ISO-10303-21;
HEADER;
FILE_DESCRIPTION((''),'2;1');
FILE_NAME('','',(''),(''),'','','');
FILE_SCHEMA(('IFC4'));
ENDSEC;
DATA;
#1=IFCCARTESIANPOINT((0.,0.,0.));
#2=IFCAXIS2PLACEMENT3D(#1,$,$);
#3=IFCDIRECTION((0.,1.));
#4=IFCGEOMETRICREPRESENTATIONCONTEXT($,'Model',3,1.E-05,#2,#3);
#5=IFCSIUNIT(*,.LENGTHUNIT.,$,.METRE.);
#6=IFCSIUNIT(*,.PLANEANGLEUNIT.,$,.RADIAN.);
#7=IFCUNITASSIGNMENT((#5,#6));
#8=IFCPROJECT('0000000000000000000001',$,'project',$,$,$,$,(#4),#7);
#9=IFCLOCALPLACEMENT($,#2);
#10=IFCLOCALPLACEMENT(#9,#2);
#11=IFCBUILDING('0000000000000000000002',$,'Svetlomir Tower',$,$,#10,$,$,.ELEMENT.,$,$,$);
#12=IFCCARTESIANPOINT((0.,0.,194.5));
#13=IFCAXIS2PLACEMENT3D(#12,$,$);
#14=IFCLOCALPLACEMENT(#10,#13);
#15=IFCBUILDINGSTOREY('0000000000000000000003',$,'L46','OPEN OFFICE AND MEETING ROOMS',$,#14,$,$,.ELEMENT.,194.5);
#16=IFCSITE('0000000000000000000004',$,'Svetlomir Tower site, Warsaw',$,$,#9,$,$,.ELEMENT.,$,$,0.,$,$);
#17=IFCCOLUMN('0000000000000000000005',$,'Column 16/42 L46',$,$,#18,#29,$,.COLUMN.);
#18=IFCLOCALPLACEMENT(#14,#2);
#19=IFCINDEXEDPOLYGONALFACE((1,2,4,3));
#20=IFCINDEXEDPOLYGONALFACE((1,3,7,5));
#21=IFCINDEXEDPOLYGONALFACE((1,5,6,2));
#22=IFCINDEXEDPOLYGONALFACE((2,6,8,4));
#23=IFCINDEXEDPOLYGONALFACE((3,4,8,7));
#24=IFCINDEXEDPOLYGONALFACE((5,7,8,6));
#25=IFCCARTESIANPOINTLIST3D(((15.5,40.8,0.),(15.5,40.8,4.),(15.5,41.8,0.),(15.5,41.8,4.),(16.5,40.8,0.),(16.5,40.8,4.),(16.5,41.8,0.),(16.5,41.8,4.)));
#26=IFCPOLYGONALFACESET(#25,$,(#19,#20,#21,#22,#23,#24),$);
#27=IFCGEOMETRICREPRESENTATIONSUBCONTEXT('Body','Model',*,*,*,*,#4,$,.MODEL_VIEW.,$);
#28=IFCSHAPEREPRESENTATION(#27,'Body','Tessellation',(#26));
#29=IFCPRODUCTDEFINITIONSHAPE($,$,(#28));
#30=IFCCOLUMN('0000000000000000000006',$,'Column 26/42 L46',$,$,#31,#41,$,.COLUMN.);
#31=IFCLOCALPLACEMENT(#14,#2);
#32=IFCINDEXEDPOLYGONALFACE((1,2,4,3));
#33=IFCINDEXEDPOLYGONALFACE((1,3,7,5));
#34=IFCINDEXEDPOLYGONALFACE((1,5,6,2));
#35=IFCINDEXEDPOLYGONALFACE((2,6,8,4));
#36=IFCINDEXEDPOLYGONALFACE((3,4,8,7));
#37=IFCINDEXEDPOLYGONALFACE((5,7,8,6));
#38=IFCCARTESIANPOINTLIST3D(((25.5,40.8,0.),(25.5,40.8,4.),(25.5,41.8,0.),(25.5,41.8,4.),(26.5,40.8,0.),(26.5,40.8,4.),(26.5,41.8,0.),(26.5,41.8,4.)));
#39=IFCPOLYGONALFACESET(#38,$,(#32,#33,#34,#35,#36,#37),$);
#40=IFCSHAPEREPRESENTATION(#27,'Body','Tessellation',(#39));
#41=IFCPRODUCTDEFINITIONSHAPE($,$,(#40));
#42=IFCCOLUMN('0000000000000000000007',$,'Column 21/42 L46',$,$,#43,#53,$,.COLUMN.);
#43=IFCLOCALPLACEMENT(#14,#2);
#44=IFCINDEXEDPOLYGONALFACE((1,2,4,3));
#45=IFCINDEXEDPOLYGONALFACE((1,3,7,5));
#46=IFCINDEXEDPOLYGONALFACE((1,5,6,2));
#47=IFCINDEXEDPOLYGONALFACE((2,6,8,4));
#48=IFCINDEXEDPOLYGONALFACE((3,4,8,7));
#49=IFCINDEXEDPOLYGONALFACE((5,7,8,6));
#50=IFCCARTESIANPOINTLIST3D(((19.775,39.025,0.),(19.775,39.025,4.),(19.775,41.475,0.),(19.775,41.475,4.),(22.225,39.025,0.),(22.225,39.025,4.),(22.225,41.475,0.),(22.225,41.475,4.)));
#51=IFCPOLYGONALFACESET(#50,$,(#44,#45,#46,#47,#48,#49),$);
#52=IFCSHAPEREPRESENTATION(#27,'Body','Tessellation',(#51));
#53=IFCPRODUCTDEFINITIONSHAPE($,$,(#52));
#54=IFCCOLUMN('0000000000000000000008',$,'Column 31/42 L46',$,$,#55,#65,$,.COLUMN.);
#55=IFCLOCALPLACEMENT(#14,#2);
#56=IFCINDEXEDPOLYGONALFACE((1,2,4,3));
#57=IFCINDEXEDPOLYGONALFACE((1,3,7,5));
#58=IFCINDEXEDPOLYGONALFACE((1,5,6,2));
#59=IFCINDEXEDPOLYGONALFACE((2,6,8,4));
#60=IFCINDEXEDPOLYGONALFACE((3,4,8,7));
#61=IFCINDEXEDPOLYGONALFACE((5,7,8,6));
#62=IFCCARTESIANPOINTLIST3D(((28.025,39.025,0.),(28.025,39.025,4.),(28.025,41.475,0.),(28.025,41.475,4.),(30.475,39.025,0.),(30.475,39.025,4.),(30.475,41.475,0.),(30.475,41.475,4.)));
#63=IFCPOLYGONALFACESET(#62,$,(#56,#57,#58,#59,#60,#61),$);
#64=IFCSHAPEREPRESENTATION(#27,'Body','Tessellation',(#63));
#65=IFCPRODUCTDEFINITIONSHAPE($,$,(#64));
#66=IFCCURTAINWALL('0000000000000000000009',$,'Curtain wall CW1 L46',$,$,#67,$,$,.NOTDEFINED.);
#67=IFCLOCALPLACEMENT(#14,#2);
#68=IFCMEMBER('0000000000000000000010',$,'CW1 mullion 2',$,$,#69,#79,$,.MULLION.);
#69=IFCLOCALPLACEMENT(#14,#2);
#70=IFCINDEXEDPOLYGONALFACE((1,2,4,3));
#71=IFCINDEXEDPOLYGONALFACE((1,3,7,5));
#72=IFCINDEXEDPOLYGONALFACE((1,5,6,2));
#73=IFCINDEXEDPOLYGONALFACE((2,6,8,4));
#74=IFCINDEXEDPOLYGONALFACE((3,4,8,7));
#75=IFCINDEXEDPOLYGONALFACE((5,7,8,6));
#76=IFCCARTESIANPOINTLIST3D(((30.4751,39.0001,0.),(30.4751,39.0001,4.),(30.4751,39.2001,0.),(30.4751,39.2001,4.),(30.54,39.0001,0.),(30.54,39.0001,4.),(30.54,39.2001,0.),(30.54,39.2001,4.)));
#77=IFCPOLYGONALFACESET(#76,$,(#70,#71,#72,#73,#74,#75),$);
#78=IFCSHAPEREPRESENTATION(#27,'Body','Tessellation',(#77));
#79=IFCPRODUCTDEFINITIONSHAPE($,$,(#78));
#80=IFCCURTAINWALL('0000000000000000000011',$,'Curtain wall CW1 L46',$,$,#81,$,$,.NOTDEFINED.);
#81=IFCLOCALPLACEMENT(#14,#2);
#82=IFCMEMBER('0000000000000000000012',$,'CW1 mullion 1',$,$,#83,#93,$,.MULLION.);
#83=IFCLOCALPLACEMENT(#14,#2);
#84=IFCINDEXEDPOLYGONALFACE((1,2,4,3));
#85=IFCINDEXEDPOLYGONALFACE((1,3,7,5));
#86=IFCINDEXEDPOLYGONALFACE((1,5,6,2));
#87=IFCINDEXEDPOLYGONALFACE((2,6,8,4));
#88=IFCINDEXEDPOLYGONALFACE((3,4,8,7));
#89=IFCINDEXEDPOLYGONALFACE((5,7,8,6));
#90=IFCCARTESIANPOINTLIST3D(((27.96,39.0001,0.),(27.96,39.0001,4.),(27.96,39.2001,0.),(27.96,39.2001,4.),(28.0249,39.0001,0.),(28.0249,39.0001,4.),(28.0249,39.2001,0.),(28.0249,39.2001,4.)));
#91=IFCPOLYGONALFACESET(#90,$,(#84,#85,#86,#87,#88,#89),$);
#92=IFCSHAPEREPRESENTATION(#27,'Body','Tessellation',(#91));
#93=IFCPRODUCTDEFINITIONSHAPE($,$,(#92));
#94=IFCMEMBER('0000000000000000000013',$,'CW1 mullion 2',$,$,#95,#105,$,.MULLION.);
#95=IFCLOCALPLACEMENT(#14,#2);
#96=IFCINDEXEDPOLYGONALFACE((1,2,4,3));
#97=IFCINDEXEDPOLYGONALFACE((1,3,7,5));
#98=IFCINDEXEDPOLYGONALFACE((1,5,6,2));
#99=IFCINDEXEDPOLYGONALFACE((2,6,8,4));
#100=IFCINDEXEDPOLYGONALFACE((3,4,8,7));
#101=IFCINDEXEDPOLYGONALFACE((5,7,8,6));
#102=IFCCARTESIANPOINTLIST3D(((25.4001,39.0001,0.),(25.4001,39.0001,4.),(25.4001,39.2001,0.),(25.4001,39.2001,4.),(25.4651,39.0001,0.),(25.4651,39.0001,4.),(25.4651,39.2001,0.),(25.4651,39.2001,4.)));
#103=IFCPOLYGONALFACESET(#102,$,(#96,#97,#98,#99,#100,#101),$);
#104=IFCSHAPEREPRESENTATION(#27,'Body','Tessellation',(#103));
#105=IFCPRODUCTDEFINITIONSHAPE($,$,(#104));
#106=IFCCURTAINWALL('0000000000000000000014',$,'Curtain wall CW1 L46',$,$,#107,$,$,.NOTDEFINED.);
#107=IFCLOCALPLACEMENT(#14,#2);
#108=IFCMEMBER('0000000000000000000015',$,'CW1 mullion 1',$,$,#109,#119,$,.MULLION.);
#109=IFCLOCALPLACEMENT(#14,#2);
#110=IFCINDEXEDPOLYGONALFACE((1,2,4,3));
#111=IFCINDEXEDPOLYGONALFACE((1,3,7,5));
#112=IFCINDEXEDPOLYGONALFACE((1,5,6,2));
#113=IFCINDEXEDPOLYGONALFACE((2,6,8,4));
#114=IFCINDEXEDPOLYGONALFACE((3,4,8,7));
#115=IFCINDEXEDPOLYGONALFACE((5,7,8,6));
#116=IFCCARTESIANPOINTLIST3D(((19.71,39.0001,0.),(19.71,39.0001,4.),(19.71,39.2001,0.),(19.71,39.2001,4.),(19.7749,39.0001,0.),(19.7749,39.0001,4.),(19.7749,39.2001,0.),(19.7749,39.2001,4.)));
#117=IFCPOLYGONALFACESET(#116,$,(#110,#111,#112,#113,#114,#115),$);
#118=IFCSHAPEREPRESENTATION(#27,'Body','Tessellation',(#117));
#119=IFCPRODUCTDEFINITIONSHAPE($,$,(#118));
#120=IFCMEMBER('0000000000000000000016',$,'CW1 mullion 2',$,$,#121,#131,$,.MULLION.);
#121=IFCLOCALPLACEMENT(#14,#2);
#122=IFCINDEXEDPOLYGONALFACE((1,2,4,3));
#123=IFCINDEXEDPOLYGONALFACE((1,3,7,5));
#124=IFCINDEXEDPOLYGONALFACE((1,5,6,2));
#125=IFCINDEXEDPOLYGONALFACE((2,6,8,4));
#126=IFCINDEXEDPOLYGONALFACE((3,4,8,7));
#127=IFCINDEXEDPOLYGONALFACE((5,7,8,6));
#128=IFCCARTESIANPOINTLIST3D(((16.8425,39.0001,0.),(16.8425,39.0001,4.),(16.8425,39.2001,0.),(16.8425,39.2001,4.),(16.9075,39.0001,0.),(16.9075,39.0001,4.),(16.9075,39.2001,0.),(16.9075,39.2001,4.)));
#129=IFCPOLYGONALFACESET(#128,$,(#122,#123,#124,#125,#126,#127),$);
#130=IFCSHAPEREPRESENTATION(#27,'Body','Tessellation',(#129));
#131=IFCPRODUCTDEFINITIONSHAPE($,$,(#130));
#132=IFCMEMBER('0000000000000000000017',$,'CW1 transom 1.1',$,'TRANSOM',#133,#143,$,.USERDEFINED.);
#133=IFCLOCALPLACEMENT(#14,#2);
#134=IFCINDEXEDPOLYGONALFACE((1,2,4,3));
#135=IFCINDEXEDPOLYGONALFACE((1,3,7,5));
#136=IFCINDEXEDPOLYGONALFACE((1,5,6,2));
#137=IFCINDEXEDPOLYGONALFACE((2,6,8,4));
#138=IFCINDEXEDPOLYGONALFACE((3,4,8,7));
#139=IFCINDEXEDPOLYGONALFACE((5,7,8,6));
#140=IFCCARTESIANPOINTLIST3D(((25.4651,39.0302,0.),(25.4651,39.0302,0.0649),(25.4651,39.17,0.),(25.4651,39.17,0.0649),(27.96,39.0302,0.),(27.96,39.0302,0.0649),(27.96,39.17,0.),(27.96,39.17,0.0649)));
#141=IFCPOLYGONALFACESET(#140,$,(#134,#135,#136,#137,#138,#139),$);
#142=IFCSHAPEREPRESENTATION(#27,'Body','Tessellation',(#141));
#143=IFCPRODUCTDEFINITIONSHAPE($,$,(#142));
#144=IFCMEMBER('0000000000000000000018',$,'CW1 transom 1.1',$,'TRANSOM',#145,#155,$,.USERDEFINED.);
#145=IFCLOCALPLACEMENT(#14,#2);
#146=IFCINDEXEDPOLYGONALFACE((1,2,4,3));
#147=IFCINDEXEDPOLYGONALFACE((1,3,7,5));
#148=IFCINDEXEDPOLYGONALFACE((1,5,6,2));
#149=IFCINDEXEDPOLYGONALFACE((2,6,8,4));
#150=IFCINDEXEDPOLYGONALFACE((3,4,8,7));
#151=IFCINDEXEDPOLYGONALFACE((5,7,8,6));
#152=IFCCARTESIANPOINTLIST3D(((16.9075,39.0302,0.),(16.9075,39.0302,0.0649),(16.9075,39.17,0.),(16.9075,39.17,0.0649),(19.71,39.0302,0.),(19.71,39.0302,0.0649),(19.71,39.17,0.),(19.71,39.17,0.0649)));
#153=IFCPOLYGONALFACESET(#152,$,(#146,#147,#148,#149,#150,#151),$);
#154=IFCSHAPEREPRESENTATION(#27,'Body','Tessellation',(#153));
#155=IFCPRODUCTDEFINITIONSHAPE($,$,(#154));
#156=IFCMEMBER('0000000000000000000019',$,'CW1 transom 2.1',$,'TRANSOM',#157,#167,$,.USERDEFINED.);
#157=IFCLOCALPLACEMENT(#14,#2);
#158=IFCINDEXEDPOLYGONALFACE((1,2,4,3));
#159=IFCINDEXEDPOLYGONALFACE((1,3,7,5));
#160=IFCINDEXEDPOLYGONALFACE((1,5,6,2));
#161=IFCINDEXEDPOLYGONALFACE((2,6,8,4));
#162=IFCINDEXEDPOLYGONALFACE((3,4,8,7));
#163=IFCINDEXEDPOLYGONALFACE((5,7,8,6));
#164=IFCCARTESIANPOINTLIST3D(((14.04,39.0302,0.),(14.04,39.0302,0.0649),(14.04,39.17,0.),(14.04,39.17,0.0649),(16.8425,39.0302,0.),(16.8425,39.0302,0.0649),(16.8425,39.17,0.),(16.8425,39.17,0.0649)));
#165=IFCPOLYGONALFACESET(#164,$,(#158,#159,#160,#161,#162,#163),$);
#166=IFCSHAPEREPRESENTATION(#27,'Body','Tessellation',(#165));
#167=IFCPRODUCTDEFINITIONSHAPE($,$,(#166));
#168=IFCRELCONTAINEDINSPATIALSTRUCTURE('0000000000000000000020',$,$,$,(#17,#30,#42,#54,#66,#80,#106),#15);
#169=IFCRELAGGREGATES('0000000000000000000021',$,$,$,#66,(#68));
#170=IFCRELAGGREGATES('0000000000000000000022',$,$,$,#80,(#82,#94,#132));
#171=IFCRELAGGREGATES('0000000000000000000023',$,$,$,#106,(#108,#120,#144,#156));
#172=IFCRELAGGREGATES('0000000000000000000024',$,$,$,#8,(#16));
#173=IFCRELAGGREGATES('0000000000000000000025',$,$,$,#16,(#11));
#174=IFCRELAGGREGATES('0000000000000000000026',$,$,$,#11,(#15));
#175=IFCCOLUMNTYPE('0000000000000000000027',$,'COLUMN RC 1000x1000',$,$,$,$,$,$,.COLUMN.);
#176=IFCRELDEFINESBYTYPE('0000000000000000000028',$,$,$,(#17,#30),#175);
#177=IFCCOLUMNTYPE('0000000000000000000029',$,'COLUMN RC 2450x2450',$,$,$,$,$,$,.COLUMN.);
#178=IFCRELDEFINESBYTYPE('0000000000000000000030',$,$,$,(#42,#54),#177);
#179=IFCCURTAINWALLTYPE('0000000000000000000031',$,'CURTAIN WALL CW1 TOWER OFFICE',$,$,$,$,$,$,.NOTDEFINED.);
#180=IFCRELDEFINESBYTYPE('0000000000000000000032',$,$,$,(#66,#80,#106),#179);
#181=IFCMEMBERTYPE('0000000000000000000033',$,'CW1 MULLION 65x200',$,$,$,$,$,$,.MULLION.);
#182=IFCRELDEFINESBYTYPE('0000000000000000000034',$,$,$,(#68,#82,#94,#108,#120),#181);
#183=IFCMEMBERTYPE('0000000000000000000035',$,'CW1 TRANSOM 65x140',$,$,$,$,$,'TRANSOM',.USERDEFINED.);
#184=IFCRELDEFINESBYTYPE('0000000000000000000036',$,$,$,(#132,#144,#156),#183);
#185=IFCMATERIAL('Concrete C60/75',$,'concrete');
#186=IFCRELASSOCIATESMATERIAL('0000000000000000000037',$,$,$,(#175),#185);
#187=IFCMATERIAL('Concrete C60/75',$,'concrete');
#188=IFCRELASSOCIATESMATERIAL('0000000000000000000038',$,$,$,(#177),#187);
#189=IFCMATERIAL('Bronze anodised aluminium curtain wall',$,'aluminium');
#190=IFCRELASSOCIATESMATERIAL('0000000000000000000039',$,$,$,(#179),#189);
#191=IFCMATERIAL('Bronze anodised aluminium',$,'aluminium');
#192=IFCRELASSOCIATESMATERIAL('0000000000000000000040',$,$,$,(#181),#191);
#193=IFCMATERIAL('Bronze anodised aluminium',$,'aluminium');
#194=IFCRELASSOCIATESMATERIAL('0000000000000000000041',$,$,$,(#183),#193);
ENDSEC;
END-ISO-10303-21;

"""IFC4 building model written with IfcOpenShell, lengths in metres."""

from ifc_helpers import new_model, si_unit, direction, frame, origin, origin_2d, place, context, subcontext, project, spatial, rectangle, extrude, material, material_profile, profile_set, type_object, element, aggregate, save


model = new_model("IFC4")

# Units and contexts
model_context = context("Model", 3, precision=1e-05, world=origin(), true_north=direction((0.0, 1.0)))
body_context = subcontext(model_context, "Body", "Model", "MODEL_VIEW")
ifc_project = project(units=[si_unit("LENGTHUNIT", "METRE"), si_unit("PLANEANGLEUNIT", "RADIAN")], contexts=[model_context])

# Site, building, storey
site_placement = place(None, origin())
site = spatial("IfcSite", under=ifc_project, at=site_placement, Name="Svetlomir Tower site, Warsaw", CompositionType="ELEMENT", RefElevation=0.0)
building_placement = place(site_placement, origin())
building = spatial("IfcBuilding", under=site, at=building_placement, Name="Svetlomir Tower", CompositionType="ELEMENT")
storey_placement = place(building_placement, frame((0.0, 0.0, 194.5)))
storey = spatial("IfcBuildingStorey", under=building, at=storey_placement, Name="L46", Description="OPEN OFFICE AND MEETING ROOMS", CompositionType="ELEMENT", Elevation=194.5)

# Columns
ifc_material_1 = material(Name="Concrete C60/75", Category="concrete")
ifc_material_profile_1 = material_profile(ifc_material_1, rectangle(XDim=1.0, YDim=1.0, at=origin_2d()), Name="RC 1000x1000")
ifc_profile_set_1 = profile_set([ifc_material_profile_1], Name="Concrete C60/75")
column_type_1 = type_object("IfcColumnType", Name="COLUMN RC 1000x1000", PredefinedType="COLUMN", material=ifc_profile_set_1)
for number, where, z_axis, x_axis, name in (
    (1, (16.0, 41.3, 0.0), (0.0, 0.0, 1.0), (1.0, 0.0, 0.0), "Column 16/42 L46"),
    (2, (26.0, 41.3, 0.0), (0.0, 0.0, 1.0), (1.0, 0.0, 0.0), "Column 26/42 L46"),
):
    element("IfcColumn", number, at=place(storey_placement, frame(where, z_axis=z_axis, x_axis=x_axis)), inside=storey, type_object=column_type_1, Name=name, PredefinedType="COLUMN", context=body_context, shape_type="SweptSolid", body=[
        extrude(rectangle(XDim=1.0, YDim=1.0, at=origin_2d()), origin(), (0.0, 0.0, 1.0), 4.0),
    ])
ifc_material_2 = material(Name="Concrete C60/75", Category="concrete")
ifc_material_profile_2 = material_profile(ifc_material_2, rectangle(XDim=2.45, YDim=2.45, at=origin_2d()), Name="RC 2450x2450")
ifc_profile_set_2 = profile_set([ifc_material_profile_2], Name="Concrete C60/75")
column_type_2 = type_object("IfcColumnType", Name="COLUMN RC 2450x2450", PredefinedType="COLUMN", material=ifc_profile_set_2)
for number, where, z_axis, x_axis, name in (
    (3, (21.0, 40.25, 0.0), (0.0, 0.0, 1.0), (1.0, 0.0, 0.0), "Column 21/42 L46"),
    (4, (29.25, 40.25, 0.0), (0.0, 0.0, 1.0), (1.0, 0.0, 0.0), "Column 31/42 L46"),
):
    element("IfcColumn", number, at=place(storey_placement, frame(where, z_axis=z_axis, x_axis=x_axis)), inside=storey, type_object=column_type_2, Name=name, PredefinedType="COLUMN", context=body_context, shape_type="SweptSolid", body=[
        extrude(rectangle(XDim=2.45, YDim=2.45, at=origin_2d()), origin(), (0.0, 0.0, 1.0), 4.0),
    ])

# Curtain wall, member
ifc_material_3 = material(Name="Bronze anodised aluminium curtain wall", Category="aluminium")
curtain_wall_type = type_object("IfcCurtainWallType", Name="CURTAIN WALL CW1 TOWER OFFICE", PredefinedType="NOTDEFINED", material=ifc_material_3)
curtain_wall_1_placement = place(storey_placement, origin())
curtain_wall_1 = element("IfcCurtainWall", 5, at=curtain_wall_1_placement, inside=storey, type_object=curtain_wall_type, Name="Curtain wall CW1 L46", PredefinedType="NOTDEFINED")
ifc_material_4 = material(Name="Bronze anodised aluminium", Category="aluminium")
ifc_material_profile_3 = material_profile(ifc_material_4, rectangle(XDim=0.0649, YDim=0.2, at=origin_2d()), Name="AL 65x200")
ifc_profile_set_3 = profile_set([ifc_material_profile_3], Name="Bronze anodised aluminium 6063-T6")
member_type_1 = type_object("IfcMemberType", Name="CW1 MULLION 65x200", PredefinedType="MULLION", material=ifc_profile_set_3)
member_1_placement = place(storey_placement, frame((30.5076, 39.1001, 0.0), z_axis=(0.0, 0.0, 1.0), x_axis=(-1.0, 0.0, 0.0)))
member_1 = element("IfcMember", 6, at=member_1_placement, type_object=member_type_1, Name="CW1 mullion 2", PredefinedType="MULLION", context=body_context, shape_type="SweptSolid", body=[
    extrude(rectangle(XDim=0.0649, YDim=0.2, at=origin_2d()), origin(), (0.0, 0.0, 1.0), 4.0),
])

# Curtain walls, members
curtain_wall_2_placement = place(storey_placement, origin())
curtain_wall_2 = element("IfcCurtainWall", 7, at=curtain_wall_2_placement, inside=storey, type_object=curtain_wall_type, Name="Curtain wall CW1 L46", PredefinedType="NOTDEFINED")
member_2_placement = place(storey_placement, frame((27.9924, 39.1001, 0.0), z_axis=(0.0, 0.0, 1.0), x_axis=(-1.0, 0.0, 0.0)))
member_2 = element("IfcMember", 8, at=member_2_placement, type_object=member_type_1, Name="CW1 mullion 1", PredefinedType="MULLION", context=body_context, shape_type="SweptSolid", body=[
    extrude(rectangle(XDim=0.0649, YDim=0.2, at=origin_2d()), origin(), (0.0, 0.0, 1.0), 4.0),
])
member_3_placement = place(storey_placement, frame((25.4326, 39.1001, 0.0), z_axis=(0.0, 0.0, 1.0), x_axis=(-1.0, 0.0, 0.0)))
member_3 = element("IfcMember", 9, at=member_3_placement, type_object=member_type_1, Name="CW1 mullion 2", PredefinedType="MULLION", context=body_context, shape_type="SweptSolid", body=[
    extrude(rectangle(XDim=0.0649, YDim=0.2, at=origin_2d()), origin(), (0.0, 0.0, 1.0), 4.0),
])
curtain_wall_3_placement = place(storey_placement, origin())
curtain_wall_3 = element("IfcCurtainWall", 10, at=curtain_wall_3_placement, inside=storey, type_object=curtain_wall_type, Name="Curtain wall CW1 L46", PredefinedType="NOTDEFINED")
member_4_placement = place(storey_placement, frame((19.7424, 39.1001, 0.0), z_axis=(0.0, 0.0, 1.0), x_axis=(-1.0, 0.0, 0.0)))
member_4 = element("IfcMember", 11, at=member_4_placement, type_object=member_type_1, Name="CW1 mullion 1", PredefinedType="MULLION", context=body_context, shape_type="SweptSolid", body=[
    extrude(rectangle(XDim=0.0649, YDim=0.2, at=origin_2d()), origin(), (0.0, 0.0, 1.0), 4.0),
])
member_5_placement = place(storey_placement, frame((16.875, 39.1001, 0.0), z_axis=(0.0, 0.0, 1.0), x_axis=(-1.0, 0.0, 0.0)))
member_5 = element("IfcMember", 12, at=member_5_placement, type_object=member_type_1, Name="CW1 mullion 2", PredefinedType="MULLION", context=body_context, shape_type="SweptSolid", body=[
    extrude(rectangle(XDim=0.0649, YDim=0.2, at=origin_2d()), origin(), (0.0, 0.0, 1.0), 4.0),
])

# Members
ifc_material_5 = material(Name="Bronze anodised aluminium", Category="aluminium")
ifc_material_profile_4 = material_profile(ifc_material_5, rectangle(XDim=0.1399, YDim=0.0649, at=origin_2d()), Name="AL 140x65")
ifc_profile_set_4 = profile_set([ifc_material_profile_4], Name="Bronze anodised aluminium 6063-T6")
member_type_2 = type_object("IfcMemberType", Name="CW1 TRANSOM 65x140", ElementType="TRANSOM", PredefinedType="USERDEFINED", material=ifc_profile_set_4)
member_6_placement = place(storey_placement, frame((27.96, 39.1001, 0.0325), z_axis=(-1.0, 0.0, 0.0), x_axis=(0.0, -1.0, 0.0)))
member_6 = element("IfcMember", 13, at=member_6_placement, type_object=member_type_2, Name="CW1 transom 1.1", ObjectType="TRANSOM", PredefinedType="USERDEFINED", context=body_context, shape_type="SweptSolid", body=[
    extrude(rectangle(XDim=0.1399, YDim=0.0649, at=origin_2d()), origin(), (0.0, 0.0, 1.0), 2.4949),
])
member_7_placement = place(storey_placement, frame((19.71, 39.1001, 0.0325), z_axis=(-1.0, 0.0, 0.0), x_axis=(0.0, -1.0, 0.0)))
member_7 = element("IfcMember", 14, at=member_7_placement, type_object=member_type_2, Name="CW1 transom 1.1", ObjectType="TRANSOM", PredefinedType="USERDEFINED", context=body_context, shape_type="SweptSolid", body=[
    extrude(rectangle(XDim=0.1399, YDim=0.0649, at=origin_2d()), origin(), (0.0, 0.0, 1.0), 2.8025),
])
member_8_placement = place(storey_placement, frame((16.8425, 39.1001, 0.0325), z_axis=(-1.0, 0.0, 0.0), x_axis=(0.0, -1.0, 0.0)))
member_8 = element("IfcMember", 15, at=member_8_placement, type_object=member_type_2, Name="CW1 transom 2.1", ObjectType="TRANSOM", PredefinedType="USERDEFINED", context=body_context, shape_type="SweptSolid", body=[
    extrude(rectangle(XDim=0.1399, YDim=0.0649, at=origin_2d()), origin(), (0.0, 0.0, 1.0), 2.8025),
])

aggregate(curtain_wall_1, [member_1])
aggregate(curtain_wall_2, [member_2, member_3, member_6])
aggregate(curtain_wall_3, [member_4, member_5, member_7, member_8])

save(model, "model.ifc")
